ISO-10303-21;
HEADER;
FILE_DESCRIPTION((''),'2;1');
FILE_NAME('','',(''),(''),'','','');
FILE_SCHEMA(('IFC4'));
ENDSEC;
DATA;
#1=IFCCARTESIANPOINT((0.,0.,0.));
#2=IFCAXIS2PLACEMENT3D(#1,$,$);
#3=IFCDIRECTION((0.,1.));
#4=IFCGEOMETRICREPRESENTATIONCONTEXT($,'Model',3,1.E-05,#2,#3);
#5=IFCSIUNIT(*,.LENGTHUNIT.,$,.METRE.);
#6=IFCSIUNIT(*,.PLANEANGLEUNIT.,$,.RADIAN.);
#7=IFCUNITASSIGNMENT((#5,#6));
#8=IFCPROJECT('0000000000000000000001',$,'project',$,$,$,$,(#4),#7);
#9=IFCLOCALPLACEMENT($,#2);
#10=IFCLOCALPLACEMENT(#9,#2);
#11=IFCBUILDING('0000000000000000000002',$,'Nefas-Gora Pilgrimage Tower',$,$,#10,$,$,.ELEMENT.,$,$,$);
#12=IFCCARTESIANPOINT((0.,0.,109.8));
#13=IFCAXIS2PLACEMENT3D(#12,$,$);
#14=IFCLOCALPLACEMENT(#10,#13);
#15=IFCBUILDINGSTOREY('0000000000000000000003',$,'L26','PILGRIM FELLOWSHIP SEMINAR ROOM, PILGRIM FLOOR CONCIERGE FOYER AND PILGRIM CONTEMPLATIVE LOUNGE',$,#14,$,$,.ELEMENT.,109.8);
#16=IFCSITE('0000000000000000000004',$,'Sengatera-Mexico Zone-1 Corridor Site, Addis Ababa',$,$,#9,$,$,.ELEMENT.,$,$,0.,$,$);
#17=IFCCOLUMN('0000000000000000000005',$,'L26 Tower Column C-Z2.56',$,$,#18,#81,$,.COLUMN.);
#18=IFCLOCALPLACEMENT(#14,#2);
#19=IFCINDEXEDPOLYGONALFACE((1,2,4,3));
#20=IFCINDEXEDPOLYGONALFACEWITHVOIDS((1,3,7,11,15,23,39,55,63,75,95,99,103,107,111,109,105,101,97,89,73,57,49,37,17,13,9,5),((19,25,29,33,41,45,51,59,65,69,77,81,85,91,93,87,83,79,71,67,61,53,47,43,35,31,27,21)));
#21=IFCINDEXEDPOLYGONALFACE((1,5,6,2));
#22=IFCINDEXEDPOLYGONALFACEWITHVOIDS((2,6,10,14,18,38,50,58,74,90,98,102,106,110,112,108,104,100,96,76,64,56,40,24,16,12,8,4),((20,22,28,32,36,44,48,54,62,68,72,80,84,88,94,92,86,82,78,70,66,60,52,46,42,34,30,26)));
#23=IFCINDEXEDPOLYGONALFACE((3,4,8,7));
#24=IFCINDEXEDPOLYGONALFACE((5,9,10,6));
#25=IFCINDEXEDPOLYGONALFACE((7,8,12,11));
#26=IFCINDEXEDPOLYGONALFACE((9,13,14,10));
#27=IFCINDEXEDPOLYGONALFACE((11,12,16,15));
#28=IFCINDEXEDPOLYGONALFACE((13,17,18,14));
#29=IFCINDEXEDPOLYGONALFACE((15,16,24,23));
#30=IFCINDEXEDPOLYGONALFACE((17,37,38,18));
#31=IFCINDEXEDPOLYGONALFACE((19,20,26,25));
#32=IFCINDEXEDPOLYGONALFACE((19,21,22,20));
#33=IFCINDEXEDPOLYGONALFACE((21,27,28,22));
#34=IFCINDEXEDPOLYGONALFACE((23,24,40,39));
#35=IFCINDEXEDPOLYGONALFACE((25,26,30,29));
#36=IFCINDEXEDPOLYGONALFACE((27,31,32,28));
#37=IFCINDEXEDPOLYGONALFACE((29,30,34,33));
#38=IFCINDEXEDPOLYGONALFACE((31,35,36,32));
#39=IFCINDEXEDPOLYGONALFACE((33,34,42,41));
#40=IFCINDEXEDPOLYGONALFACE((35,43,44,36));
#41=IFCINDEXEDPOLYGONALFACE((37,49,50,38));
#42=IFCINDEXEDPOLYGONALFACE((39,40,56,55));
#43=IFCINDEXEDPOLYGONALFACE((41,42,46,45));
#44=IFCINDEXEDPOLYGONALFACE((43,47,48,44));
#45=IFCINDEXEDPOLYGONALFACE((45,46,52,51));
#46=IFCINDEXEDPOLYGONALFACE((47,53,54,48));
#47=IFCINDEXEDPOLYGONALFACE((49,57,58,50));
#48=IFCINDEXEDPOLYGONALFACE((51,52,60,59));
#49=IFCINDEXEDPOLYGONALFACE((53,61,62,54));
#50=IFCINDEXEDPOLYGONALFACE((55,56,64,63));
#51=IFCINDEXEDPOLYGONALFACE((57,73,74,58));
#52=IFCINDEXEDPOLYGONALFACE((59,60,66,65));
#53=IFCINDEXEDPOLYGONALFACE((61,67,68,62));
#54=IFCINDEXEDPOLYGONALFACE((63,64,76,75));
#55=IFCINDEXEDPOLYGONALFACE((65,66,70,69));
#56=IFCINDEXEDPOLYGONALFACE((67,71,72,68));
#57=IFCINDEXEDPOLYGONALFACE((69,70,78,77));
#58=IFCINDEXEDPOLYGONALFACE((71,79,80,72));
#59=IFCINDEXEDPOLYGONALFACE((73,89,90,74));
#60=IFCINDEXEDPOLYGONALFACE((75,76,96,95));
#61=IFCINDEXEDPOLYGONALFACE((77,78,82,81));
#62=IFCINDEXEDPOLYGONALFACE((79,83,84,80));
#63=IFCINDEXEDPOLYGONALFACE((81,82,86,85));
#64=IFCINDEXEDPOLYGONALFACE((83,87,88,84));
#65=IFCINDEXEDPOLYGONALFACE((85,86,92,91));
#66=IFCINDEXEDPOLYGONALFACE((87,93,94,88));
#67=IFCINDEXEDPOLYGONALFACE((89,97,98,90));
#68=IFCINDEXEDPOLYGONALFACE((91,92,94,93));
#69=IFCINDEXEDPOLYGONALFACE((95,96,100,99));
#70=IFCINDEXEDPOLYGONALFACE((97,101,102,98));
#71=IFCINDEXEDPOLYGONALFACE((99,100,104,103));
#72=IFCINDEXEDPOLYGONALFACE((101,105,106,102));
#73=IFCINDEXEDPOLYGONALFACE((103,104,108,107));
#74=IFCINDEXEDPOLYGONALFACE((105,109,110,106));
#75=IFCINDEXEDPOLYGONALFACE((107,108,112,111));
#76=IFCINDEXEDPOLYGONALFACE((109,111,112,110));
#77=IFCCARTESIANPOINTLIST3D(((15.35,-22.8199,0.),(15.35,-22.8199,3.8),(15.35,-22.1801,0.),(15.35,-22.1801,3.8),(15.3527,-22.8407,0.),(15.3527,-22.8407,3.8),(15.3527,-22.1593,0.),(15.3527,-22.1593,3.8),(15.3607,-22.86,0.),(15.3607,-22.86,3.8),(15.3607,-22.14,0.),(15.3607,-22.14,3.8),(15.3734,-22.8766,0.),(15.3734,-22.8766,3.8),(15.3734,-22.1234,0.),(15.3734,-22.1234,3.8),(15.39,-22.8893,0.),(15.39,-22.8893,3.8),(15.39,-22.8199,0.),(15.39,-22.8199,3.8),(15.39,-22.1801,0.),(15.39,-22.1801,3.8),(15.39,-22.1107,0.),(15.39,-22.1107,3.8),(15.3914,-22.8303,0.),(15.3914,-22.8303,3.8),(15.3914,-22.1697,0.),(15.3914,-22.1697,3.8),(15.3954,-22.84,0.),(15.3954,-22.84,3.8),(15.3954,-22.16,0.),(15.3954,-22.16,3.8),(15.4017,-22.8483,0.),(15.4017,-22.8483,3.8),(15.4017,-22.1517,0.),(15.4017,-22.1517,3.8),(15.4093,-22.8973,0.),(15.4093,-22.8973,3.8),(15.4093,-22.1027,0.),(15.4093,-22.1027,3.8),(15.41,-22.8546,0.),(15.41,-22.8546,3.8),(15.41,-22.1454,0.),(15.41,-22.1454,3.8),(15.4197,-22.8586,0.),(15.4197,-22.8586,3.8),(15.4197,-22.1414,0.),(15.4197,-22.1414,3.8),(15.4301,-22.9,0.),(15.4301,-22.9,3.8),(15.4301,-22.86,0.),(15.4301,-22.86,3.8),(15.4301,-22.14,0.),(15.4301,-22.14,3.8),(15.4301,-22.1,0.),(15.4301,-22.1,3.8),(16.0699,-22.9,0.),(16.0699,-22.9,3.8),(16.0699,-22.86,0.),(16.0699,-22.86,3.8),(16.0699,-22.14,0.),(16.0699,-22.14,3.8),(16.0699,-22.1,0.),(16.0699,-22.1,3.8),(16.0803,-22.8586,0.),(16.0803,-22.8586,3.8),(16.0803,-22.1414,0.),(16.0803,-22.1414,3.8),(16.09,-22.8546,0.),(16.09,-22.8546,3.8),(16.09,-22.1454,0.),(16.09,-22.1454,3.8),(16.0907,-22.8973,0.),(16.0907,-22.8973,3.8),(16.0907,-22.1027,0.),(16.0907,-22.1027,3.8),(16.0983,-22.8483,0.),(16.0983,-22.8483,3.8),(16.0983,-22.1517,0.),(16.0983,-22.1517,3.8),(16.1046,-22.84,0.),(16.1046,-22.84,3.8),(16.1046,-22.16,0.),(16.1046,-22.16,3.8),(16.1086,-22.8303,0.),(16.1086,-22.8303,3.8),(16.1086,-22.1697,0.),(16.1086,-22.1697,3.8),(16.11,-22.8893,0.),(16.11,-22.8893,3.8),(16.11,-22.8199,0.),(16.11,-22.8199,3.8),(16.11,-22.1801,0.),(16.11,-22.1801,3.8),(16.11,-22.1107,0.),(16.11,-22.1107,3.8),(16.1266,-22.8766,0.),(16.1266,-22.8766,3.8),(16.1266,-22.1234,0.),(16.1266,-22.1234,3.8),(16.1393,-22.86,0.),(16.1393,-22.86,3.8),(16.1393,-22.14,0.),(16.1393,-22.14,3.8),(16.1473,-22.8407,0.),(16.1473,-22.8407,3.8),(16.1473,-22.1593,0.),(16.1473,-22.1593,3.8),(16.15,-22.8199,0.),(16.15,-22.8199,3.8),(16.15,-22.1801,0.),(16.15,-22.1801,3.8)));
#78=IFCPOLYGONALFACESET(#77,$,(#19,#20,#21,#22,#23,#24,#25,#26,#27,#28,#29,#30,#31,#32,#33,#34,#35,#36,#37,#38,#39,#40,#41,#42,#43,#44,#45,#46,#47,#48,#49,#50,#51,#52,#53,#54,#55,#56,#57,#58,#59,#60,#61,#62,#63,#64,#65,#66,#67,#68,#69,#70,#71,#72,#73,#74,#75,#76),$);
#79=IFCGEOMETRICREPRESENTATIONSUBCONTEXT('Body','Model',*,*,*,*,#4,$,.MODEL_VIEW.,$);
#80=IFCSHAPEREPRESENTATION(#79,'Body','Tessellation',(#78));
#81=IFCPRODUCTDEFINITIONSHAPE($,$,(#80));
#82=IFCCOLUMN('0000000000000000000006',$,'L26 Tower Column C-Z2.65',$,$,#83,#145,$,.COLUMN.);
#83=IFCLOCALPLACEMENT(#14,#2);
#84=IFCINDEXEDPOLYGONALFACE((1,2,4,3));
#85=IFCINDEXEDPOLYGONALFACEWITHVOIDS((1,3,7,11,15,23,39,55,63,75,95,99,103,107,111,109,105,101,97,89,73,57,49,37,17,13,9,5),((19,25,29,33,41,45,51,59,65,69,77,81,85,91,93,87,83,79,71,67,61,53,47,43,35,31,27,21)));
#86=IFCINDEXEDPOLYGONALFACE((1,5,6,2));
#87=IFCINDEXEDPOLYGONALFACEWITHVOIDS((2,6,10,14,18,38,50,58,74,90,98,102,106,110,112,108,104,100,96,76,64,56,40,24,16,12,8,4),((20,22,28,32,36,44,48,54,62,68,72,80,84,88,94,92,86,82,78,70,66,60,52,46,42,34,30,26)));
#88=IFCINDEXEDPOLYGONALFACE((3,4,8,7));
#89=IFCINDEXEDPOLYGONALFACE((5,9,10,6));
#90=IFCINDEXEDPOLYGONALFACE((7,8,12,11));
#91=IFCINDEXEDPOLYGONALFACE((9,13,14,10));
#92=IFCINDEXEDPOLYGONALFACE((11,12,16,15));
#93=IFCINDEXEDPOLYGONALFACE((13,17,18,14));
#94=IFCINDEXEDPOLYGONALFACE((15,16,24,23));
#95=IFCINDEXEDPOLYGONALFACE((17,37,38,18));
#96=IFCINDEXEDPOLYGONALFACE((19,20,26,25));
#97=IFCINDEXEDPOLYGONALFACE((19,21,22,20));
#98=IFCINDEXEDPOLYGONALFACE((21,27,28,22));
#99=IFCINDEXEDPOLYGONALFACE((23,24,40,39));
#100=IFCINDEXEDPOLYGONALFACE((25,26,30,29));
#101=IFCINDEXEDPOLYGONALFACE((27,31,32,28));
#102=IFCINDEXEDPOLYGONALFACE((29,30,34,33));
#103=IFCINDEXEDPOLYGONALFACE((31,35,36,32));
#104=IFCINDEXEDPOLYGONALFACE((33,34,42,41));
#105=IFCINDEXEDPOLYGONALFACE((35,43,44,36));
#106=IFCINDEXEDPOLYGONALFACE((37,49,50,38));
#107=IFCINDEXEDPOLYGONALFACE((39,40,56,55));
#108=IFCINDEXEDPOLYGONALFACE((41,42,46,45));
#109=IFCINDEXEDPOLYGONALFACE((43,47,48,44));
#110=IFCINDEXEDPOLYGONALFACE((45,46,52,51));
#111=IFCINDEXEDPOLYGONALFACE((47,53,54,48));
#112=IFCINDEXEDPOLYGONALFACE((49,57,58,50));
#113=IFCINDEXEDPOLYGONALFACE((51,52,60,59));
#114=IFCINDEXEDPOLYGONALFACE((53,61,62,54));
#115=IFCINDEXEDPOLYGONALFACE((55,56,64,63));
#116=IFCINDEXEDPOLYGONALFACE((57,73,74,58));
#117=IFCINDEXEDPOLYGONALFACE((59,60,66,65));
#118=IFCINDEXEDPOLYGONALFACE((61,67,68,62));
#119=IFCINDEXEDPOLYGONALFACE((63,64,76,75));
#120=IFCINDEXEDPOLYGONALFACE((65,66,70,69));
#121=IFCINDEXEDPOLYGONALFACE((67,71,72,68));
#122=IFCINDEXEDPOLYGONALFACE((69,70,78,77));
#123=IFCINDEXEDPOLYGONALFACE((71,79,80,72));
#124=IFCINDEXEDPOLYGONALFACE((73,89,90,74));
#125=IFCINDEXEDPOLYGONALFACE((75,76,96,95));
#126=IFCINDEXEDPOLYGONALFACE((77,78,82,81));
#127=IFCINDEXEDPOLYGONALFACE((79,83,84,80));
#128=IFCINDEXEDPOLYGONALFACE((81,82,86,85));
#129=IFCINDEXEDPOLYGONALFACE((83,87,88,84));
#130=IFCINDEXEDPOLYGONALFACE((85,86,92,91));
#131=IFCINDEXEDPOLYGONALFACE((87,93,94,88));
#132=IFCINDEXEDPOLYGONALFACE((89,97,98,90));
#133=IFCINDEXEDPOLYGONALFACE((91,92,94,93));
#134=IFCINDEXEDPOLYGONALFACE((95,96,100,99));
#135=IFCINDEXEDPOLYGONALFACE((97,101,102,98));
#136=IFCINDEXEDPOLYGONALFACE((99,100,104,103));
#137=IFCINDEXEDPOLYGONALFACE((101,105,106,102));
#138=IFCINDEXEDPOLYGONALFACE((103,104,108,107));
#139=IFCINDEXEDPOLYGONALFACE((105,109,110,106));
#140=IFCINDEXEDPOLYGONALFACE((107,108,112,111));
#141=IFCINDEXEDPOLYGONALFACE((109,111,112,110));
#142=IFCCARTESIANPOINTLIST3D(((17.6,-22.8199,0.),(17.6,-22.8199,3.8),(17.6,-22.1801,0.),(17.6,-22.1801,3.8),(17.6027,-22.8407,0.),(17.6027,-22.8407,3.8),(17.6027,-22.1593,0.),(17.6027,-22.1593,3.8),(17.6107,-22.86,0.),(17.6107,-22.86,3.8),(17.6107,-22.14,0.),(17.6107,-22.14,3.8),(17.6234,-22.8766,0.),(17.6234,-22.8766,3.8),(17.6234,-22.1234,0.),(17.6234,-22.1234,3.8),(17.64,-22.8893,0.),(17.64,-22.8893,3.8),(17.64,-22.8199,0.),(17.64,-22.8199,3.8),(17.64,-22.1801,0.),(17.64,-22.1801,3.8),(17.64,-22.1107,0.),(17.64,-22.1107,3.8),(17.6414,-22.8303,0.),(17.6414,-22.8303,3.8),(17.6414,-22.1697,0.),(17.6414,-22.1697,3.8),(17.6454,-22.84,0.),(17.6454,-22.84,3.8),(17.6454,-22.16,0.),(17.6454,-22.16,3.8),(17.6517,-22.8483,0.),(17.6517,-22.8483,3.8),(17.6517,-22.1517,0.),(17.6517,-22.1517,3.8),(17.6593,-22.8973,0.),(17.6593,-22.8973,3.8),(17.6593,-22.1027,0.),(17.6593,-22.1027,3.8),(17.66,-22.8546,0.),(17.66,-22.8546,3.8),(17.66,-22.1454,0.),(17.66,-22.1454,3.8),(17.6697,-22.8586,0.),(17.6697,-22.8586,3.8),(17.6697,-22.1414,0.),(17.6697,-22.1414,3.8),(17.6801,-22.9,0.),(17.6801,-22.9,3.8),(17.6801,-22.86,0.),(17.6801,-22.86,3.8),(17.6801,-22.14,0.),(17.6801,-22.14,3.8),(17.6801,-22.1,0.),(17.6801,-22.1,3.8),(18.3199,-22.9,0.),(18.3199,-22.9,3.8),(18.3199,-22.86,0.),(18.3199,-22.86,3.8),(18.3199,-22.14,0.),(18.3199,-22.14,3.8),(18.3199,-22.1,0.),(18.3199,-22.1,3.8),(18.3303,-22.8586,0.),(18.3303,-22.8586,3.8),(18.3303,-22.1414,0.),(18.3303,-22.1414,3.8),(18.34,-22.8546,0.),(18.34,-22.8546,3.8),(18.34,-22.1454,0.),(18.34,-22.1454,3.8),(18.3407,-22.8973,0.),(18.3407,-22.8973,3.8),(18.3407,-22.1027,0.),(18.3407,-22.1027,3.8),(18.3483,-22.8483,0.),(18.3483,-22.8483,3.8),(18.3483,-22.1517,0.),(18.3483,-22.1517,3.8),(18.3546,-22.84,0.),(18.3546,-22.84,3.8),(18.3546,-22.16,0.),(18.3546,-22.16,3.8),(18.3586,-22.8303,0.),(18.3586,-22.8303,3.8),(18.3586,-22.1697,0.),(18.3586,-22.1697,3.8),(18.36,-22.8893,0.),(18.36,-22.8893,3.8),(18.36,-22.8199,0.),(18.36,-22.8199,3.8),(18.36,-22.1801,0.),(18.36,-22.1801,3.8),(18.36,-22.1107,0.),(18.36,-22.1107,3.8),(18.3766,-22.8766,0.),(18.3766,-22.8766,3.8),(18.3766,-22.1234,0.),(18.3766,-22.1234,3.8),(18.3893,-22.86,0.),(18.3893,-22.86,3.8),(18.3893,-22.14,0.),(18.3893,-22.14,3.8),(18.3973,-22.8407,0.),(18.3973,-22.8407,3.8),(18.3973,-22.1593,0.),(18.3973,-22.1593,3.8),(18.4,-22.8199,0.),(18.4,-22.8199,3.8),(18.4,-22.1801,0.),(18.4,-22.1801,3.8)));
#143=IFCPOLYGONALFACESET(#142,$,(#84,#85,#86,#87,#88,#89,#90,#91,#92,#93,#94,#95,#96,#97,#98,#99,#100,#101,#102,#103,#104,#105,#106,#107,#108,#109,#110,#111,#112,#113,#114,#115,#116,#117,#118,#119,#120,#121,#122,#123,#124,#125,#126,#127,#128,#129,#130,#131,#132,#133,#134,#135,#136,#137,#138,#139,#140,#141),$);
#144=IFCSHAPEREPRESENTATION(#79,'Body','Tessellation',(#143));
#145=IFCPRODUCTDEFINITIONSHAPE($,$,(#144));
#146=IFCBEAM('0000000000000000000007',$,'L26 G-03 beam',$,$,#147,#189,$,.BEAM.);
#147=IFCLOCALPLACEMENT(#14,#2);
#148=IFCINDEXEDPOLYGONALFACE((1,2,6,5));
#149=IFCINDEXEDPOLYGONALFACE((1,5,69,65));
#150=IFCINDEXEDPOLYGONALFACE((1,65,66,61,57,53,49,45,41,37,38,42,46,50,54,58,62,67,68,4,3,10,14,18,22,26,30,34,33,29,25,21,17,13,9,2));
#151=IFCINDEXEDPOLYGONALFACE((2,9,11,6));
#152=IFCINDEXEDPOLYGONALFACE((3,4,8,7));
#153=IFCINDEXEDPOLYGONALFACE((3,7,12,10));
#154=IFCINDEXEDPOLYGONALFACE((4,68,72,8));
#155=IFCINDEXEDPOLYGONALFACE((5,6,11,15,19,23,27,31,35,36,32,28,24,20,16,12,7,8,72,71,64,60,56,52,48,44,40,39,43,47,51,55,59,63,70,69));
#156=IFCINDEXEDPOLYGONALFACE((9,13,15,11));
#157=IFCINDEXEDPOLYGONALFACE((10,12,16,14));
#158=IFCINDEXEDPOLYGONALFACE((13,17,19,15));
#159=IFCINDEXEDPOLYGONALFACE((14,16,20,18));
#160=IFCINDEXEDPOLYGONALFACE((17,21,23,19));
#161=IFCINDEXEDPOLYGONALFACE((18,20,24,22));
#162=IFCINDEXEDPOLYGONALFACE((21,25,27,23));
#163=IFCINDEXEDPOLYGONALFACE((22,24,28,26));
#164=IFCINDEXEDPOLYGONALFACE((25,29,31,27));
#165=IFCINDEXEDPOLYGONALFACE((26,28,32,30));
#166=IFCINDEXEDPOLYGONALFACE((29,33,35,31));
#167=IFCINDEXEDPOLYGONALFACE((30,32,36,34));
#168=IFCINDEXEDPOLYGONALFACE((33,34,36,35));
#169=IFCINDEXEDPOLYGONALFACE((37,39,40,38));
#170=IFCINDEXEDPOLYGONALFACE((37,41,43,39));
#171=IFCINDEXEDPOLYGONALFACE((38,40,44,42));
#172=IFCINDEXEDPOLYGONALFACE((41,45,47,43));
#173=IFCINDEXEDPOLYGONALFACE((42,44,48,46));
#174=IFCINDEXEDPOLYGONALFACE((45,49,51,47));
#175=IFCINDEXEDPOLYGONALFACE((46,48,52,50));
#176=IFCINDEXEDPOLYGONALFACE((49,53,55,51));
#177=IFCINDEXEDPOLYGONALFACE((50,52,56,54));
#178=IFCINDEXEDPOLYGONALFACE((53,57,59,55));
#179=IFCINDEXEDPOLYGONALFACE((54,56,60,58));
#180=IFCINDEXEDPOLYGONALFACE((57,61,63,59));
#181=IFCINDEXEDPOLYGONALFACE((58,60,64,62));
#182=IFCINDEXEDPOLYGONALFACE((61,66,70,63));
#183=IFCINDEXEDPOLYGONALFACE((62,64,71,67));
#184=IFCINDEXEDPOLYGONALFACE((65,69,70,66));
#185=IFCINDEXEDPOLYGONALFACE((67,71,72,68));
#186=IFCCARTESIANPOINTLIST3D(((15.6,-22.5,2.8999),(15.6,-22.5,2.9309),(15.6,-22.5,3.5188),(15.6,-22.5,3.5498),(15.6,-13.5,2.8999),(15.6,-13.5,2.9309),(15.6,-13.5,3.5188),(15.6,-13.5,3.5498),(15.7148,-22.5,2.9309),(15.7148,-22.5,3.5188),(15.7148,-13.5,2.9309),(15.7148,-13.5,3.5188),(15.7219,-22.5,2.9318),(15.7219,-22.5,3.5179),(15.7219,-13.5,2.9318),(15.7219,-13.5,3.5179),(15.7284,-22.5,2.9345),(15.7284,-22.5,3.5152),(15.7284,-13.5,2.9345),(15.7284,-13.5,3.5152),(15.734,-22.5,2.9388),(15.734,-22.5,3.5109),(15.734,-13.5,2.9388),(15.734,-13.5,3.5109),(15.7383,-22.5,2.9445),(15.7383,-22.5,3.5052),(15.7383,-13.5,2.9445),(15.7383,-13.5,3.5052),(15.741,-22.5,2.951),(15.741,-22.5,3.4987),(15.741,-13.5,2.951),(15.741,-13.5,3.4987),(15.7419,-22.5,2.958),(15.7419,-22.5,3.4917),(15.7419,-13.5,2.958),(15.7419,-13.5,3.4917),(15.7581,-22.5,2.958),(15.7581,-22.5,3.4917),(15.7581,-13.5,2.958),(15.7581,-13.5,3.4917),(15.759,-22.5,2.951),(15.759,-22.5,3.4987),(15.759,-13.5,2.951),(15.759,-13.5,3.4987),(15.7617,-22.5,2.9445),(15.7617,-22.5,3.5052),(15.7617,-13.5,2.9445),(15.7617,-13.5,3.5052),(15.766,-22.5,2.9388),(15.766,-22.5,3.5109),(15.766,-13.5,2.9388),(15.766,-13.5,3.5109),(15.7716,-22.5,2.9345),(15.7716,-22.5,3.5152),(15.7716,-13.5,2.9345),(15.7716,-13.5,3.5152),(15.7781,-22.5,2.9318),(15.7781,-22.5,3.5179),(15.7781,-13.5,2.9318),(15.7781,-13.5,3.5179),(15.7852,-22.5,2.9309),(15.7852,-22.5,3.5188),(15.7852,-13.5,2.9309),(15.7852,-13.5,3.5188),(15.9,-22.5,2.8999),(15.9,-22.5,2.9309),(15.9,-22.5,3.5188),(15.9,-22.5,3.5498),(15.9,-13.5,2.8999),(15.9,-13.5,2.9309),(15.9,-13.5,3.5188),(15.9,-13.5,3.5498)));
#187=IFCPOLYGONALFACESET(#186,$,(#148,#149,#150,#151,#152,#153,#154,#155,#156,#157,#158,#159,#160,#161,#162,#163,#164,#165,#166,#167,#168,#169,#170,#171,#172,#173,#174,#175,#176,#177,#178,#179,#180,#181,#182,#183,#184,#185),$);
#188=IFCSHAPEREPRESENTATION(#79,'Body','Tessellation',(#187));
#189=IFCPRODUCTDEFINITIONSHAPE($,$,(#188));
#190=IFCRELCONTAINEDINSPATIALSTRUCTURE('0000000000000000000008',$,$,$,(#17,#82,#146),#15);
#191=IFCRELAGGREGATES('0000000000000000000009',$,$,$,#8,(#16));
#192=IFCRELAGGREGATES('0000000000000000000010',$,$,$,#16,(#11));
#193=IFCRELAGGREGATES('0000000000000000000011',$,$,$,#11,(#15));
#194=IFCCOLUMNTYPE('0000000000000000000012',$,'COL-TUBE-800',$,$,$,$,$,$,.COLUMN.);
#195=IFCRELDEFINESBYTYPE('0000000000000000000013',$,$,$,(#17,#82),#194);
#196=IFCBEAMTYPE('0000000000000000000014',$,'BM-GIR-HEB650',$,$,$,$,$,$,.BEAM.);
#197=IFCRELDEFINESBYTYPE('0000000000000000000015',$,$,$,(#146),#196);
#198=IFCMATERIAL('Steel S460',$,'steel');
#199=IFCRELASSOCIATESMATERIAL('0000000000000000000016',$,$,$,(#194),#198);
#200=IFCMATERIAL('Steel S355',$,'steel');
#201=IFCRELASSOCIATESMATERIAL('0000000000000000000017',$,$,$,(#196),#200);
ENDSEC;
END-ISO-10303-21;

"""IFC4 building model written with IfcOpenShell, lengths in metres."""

from ifc_helpers import new_model, si_unit, direction, frame, origin, origin_2d, place, context, subcontext, project, spatial, hollow_rectangle, i_section, extrude, source, transform, mapped, material, material_profile, profile_set, type_object, element, save


model = new_model("IFC4")

# Units and contexts
model_context = context("Model", 3, precision=1e-05, world=origin(), true_north=direction((0.0, 1.0)))
body_context = subcontext(model_context, "Body", "Model", "MODEL_VIEW")
ifc_project = project(units=[si_unit("LENGTHUNIT", "METRE"), si_unit("PLANEANGLEUNIT", "RADIAN")], contexts=[model_context])

# Site, building, storey
site_placement = place(None, origin())
site = spatial("IfcSite", under=ifc_project, at=site_placement, Name="Sengatera-Mexico Zone-1 Corridor Site, Addis Ababa", CompositionType="ELEMENT", RefElevation=0.0)
building_placement = place(site_placement, origin())
building = spatial("IfcBuilding", under=site, at=building_placement, Name="Nefas-Gora Pilgrimage Tower", CompositionType="ELEMENT")
storey_placement = place(building_placement, frame((0.0, 0.0, 109.8)))
storey = spatial("IfcBuildingStorey", under=building, at=storey_placement, Name="L26", Description="PILGRIM FELLOWSHIP SEMINAR ROOM, PILGRIM FLOOR CONCIERGE FOYER AND PILGRIM CONTEMPLATIVE LOUNGE", CompositionType="ELEMENT", Elevation=109.8)

# Columns
ifc_material_1 = material(Name="Steel S460", Category="steel")
ifc_material_profile_1 = material_profile(ifc_material_1, hollow_rectangle(XDim=0.8, YDim=0.8, WallThickness=0.04, InnerFilletRadius=0.04, OuterFilletRadius=0.0801, at=origin_2d()), Name="BOX 800x800x40")
ifc_profile_set_1 = profile_set([ifc_material_profile_1], Name="Steel S460")
column_type_1 = type_object("IfcColumnType", Name="COL-TUBE-800", PredefinedType="COLUMN", material=ifc_profile_set_1)
shared_shape_1 = source(origin(), body_context, "Body", "SweptSolid", [
    extrude(hollow_rectangle(XDim=0.8, YDim=0.8, WallThickness=0.04, InnerFilletRadius=0.04, OuterFilletRadius=0.0801, at=origin_2d()), origin(), (0.0, 0.0, 1.0), 3.8),
])
for number, where, z_axis, x_axis, name in (
    (1, (15.75, -22.5, 0.0), (0.0, 0.0, 1.0), (1.0, 0.0, 0.0), "L26 Tower Column C-Z2.56"),
    (2, (18.0, -22.5, 0.0), (0.0, 0.0, 1.0), (1.0, 0.0, 0.0), "L26 Tower Column C-Z2.65"),
):
    element("IfcColumn", number, at=place(storey_placement, frame(where, z_axis=z_axis, x_axis=x_axis)), inside=storey, type_object=column_type_1, Name=name, PredefinedType="COLUMN", context=body_context, shape_type="MappedRepresentation", body=[
        mapped(shared_shape_1, transform((0.0, 0.0, 0.0), x_axis=(1.0, 0.0, 0.0), y_axis=(0.0, 1.0, 0.0), z_axis=(0.0, 0.0, 1.0), scale=1.0)),
    ])

# Beam
ifc_material_2 = material(Name="Steel S355", Category="steel")
ifc_material_profile_2 = material_profile(ifc_material_2, i_section(OverallWidth=0.3, OverallDepth=0.6499, WebThickness=0.0161, FlangeThickness=0.031, FilletRadius=0.0271, at=origin_2d()), Name="HEB 650")
ifc_profile_set_2 = profile_set([ifc_material_profile_2], Name="Steel S355")
beam_type_1 = type_object("IfcBeamType", Name="BM-GIR-HEB650", PredefinedType="BEAM", material=ifc_profile_set_2)
shared_shape_2 = source(origin(), body_context, "Body", "SweptSolid", [
    extrude(i_section(OverallWidth=0.3, OverallDepth=0.6499, WebThickness=0.0161, FlangeThickness=0.031, FilletRadius=0.0271, at=origin_2d()), origin(), (0.0, 0.0, 1.0), 9.0),
])
beam_placement = place(storey_placement, frame((15.75, -22.5, 3.2249), z_axis=(0.0, 1.0, 0.0), x_axis=(-1.0, 0.0, 0.0)))
element("IfcBeam", 3, at=beam_placement, inside=storey, type_object=beam_type_1, Name="L26 G-03 beam", PredefinedType="BEAM", context=body_context, shape_type="MappedRepresentation", body=[
    mapped(shared_shape_2, transform((0.0, 0.0, 0.0), x_axis=(1.0, 0.0, 0.0), y_axis=(0.0, 1.0, 0.0), z_axis=(0.0, 0.0, 1.0), scale=1.0)),
])

save(model, "model.ifc")
